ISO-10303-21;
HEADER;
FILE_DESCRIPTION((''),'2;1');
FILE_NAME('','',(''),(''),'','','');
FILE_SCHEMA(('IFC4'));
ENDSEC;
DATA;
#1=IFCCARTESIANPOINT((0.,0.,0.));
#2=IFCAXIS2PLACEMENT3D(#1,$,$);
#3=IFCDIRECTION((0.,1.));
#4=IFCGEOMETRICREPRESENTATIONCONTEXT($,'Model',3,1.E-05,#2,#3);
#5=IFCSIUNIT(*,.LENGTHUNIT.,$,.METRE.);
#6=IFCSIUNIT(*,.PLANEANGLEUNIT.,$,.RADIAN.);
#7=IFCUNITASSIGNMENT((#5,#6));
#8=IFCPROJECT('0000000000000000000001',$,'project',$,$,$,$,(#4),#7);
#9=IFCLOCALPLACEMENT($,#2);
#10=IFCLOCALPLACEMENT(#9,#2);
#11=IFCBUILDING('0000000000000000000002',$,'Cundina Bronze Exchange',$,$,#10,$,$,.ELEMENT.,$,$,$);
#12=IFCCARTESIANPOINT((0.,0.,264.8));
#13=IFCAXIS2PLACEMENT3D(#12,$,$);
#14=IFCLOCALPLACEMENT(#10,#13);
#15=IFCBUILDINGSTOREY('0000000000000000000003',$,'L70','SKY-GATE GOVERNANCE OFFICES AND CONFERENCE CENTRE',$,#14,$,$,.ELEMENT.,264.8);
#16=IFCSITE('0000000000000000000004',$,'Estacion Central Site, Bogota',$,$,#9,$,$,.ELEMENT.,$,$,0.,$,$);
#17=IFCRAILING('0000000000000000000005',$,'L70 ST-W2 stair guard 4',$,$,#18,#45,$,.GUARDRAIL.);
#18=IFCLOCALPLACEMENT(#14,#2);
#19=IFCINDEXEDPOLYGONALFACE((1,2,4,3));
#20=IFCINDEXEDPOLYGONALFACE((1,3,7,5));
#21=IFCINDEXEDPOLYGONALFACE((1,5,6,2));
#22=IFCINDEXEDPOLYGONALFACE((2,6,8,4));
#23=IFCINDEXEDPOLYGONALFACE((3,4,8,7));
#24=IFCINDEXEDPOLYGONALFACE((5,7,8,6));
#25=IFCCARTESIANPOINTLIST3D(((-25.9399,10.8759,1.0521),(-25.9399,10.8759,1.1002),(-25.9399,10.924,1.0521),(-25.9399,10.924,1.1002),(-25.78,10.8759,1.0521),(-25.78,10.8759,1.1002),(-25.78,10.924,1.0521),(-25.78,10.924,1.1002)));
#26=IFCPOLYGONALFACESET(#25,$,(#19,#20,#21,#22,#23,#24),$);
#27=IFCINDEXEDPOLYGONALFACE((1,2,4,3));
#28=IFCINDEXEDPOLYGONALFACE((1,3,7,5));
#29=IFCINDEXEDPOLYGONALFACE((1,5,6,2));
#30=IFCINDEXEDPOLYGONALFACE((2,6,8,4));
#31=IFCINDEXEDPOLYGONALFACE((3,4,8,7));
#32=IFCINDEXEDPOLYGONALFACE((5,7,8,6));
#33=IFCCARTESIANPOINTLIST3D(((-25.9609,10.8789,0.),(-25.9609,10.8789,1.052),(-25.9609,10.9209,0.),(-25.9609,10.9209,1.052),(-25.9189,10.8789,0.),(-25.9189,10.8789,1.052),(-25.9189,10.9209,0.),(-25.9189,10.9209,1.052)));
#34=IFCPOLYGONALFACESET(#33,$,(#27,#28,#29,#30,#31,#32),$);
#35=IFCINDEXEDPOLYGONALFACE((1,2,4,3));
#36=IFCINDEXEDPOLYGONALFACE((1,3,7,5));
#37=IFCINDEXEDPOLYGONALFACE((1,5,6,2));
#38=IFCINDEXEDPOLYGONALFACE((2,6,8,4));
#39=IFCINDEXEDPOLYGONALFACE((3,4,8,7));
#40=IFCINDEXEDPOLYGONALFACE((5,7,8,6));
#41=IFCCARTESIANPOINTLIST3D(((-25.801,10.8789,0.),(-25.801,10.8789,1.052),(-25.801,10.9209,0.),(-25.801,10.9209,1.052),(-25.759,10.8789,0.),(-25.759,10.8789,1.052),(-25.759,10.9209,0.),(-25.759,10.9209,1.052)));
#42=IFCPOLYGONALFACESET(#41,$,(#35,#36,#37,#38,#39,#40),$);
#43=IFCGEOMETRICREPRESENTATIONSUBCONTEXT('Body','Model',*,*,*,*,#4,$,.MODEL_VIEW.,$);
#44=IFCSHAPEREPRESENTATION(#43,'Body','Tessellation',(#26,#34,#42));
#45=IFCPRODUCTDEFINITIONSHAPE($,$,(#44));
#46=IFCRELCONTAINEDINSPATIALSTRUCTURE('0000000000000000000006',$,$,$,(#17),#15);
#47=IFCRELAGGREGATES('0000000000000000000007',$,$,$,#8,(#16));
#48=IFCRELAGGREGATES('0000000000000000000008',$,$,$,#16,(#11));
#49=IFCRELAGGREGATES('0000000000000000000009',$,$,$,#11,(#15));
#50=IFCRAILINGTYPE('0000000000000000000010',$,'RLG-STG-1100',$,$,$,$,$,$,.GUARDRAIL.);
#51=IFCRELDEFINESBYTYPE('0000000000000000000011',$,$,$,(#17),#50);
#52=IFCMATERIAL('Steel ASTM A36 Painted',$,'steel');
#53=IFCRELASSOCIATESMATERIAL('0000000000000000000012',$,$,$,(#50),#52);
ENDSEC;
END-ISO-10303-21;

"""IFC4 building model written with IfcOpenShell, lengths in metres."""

from ifc_helpers import new_model, si_unit, direction, frame, origin, origin_2d, place, context, subcontext, project, spatial, rectangle, extrude, material, type_object, element, save


model = new_model("IFC4")

# Units and contexts
model_context = context("Model", 3, precision=1e-05, world=origin(), true_north=direction((0.0, 1.0)))
body_context = subcontext(model_context, "Body", "Model", "MODEL_VIEW")
ifc_project = project(units=[si_unit("LENGTHUNIT", "METRE"), si_unit("PLANEANGLEUNIT", "RADIAN")], contexts=[model_context])

# Site, building, storey
site_placement = place(None, origin())
site = spatial("IfcSite", under=ifc_project, at=site_placement, Name="Estacion Central Site, Bogota", CompositionType="ELEMENT", RefElevation=0.0)
building_placement = place(site_placement, origin())
building = spatial("IfcBuilding", under=site, at=building_placement, Name="Cundina Bronze Exchange", CompositionType="ELEMENT")
storey_placement = place(building_placement, frame((0.0, 0.0, 264.8)))
storey = spatial("IfcBuildingStorey", under=building, at=storey_placement, Name="L70", Description="SKY-GATE GOVERNANCE OFFICES AND CONFERENCE CENTRE", CompositionType="ELEMENT", Elevation=264.8)

# Shared definitions
ifc_material_1 = material(Name="Steel ASTM A36 Painted", Category="steel")

# Railing
railing_type_1 = type_object("IfcRailingType", Name="RLG-STG-1100", PredefinedType="GUARDRAIL", material=ifc_material_1)
railing_1_placement = place(storey_placement, frame((-25.9399, 10.8999, 0.0)))
element("IfcRailing", 1, at=railing_1_placement, inside=storey, type_object=railing_type_1, Name="L70 ST-W2 stair guard 4", PredefinedType="GUARDRAIL", context=body_context, shape_type="SweptSolid", body=[
    extrude(rectangle(XDim=0.0481, YDim=0.0481, at=origin_2d()), frame((0.0, 0.0, 1.0762), z_axis=(1.0, 0.0, 0.0), x_axis=(0.0, 1.0, 0.0)), (0.0, 0.0, 1.0), 0.1599),
    extrude(rectangle(XDim=0.042, YDim=0.042, at=origin_2d()), origin(), (0.0, 0.0, 1.0), 1.052),
    extrude(rectangle(XDim=0.042, YDim=0.042, at=origin_2d()), frame((0.1599, 0.0, 0.0)), (0.0, 0.0, 1.0), 1.052),
])

save(model, "model.ifc")
